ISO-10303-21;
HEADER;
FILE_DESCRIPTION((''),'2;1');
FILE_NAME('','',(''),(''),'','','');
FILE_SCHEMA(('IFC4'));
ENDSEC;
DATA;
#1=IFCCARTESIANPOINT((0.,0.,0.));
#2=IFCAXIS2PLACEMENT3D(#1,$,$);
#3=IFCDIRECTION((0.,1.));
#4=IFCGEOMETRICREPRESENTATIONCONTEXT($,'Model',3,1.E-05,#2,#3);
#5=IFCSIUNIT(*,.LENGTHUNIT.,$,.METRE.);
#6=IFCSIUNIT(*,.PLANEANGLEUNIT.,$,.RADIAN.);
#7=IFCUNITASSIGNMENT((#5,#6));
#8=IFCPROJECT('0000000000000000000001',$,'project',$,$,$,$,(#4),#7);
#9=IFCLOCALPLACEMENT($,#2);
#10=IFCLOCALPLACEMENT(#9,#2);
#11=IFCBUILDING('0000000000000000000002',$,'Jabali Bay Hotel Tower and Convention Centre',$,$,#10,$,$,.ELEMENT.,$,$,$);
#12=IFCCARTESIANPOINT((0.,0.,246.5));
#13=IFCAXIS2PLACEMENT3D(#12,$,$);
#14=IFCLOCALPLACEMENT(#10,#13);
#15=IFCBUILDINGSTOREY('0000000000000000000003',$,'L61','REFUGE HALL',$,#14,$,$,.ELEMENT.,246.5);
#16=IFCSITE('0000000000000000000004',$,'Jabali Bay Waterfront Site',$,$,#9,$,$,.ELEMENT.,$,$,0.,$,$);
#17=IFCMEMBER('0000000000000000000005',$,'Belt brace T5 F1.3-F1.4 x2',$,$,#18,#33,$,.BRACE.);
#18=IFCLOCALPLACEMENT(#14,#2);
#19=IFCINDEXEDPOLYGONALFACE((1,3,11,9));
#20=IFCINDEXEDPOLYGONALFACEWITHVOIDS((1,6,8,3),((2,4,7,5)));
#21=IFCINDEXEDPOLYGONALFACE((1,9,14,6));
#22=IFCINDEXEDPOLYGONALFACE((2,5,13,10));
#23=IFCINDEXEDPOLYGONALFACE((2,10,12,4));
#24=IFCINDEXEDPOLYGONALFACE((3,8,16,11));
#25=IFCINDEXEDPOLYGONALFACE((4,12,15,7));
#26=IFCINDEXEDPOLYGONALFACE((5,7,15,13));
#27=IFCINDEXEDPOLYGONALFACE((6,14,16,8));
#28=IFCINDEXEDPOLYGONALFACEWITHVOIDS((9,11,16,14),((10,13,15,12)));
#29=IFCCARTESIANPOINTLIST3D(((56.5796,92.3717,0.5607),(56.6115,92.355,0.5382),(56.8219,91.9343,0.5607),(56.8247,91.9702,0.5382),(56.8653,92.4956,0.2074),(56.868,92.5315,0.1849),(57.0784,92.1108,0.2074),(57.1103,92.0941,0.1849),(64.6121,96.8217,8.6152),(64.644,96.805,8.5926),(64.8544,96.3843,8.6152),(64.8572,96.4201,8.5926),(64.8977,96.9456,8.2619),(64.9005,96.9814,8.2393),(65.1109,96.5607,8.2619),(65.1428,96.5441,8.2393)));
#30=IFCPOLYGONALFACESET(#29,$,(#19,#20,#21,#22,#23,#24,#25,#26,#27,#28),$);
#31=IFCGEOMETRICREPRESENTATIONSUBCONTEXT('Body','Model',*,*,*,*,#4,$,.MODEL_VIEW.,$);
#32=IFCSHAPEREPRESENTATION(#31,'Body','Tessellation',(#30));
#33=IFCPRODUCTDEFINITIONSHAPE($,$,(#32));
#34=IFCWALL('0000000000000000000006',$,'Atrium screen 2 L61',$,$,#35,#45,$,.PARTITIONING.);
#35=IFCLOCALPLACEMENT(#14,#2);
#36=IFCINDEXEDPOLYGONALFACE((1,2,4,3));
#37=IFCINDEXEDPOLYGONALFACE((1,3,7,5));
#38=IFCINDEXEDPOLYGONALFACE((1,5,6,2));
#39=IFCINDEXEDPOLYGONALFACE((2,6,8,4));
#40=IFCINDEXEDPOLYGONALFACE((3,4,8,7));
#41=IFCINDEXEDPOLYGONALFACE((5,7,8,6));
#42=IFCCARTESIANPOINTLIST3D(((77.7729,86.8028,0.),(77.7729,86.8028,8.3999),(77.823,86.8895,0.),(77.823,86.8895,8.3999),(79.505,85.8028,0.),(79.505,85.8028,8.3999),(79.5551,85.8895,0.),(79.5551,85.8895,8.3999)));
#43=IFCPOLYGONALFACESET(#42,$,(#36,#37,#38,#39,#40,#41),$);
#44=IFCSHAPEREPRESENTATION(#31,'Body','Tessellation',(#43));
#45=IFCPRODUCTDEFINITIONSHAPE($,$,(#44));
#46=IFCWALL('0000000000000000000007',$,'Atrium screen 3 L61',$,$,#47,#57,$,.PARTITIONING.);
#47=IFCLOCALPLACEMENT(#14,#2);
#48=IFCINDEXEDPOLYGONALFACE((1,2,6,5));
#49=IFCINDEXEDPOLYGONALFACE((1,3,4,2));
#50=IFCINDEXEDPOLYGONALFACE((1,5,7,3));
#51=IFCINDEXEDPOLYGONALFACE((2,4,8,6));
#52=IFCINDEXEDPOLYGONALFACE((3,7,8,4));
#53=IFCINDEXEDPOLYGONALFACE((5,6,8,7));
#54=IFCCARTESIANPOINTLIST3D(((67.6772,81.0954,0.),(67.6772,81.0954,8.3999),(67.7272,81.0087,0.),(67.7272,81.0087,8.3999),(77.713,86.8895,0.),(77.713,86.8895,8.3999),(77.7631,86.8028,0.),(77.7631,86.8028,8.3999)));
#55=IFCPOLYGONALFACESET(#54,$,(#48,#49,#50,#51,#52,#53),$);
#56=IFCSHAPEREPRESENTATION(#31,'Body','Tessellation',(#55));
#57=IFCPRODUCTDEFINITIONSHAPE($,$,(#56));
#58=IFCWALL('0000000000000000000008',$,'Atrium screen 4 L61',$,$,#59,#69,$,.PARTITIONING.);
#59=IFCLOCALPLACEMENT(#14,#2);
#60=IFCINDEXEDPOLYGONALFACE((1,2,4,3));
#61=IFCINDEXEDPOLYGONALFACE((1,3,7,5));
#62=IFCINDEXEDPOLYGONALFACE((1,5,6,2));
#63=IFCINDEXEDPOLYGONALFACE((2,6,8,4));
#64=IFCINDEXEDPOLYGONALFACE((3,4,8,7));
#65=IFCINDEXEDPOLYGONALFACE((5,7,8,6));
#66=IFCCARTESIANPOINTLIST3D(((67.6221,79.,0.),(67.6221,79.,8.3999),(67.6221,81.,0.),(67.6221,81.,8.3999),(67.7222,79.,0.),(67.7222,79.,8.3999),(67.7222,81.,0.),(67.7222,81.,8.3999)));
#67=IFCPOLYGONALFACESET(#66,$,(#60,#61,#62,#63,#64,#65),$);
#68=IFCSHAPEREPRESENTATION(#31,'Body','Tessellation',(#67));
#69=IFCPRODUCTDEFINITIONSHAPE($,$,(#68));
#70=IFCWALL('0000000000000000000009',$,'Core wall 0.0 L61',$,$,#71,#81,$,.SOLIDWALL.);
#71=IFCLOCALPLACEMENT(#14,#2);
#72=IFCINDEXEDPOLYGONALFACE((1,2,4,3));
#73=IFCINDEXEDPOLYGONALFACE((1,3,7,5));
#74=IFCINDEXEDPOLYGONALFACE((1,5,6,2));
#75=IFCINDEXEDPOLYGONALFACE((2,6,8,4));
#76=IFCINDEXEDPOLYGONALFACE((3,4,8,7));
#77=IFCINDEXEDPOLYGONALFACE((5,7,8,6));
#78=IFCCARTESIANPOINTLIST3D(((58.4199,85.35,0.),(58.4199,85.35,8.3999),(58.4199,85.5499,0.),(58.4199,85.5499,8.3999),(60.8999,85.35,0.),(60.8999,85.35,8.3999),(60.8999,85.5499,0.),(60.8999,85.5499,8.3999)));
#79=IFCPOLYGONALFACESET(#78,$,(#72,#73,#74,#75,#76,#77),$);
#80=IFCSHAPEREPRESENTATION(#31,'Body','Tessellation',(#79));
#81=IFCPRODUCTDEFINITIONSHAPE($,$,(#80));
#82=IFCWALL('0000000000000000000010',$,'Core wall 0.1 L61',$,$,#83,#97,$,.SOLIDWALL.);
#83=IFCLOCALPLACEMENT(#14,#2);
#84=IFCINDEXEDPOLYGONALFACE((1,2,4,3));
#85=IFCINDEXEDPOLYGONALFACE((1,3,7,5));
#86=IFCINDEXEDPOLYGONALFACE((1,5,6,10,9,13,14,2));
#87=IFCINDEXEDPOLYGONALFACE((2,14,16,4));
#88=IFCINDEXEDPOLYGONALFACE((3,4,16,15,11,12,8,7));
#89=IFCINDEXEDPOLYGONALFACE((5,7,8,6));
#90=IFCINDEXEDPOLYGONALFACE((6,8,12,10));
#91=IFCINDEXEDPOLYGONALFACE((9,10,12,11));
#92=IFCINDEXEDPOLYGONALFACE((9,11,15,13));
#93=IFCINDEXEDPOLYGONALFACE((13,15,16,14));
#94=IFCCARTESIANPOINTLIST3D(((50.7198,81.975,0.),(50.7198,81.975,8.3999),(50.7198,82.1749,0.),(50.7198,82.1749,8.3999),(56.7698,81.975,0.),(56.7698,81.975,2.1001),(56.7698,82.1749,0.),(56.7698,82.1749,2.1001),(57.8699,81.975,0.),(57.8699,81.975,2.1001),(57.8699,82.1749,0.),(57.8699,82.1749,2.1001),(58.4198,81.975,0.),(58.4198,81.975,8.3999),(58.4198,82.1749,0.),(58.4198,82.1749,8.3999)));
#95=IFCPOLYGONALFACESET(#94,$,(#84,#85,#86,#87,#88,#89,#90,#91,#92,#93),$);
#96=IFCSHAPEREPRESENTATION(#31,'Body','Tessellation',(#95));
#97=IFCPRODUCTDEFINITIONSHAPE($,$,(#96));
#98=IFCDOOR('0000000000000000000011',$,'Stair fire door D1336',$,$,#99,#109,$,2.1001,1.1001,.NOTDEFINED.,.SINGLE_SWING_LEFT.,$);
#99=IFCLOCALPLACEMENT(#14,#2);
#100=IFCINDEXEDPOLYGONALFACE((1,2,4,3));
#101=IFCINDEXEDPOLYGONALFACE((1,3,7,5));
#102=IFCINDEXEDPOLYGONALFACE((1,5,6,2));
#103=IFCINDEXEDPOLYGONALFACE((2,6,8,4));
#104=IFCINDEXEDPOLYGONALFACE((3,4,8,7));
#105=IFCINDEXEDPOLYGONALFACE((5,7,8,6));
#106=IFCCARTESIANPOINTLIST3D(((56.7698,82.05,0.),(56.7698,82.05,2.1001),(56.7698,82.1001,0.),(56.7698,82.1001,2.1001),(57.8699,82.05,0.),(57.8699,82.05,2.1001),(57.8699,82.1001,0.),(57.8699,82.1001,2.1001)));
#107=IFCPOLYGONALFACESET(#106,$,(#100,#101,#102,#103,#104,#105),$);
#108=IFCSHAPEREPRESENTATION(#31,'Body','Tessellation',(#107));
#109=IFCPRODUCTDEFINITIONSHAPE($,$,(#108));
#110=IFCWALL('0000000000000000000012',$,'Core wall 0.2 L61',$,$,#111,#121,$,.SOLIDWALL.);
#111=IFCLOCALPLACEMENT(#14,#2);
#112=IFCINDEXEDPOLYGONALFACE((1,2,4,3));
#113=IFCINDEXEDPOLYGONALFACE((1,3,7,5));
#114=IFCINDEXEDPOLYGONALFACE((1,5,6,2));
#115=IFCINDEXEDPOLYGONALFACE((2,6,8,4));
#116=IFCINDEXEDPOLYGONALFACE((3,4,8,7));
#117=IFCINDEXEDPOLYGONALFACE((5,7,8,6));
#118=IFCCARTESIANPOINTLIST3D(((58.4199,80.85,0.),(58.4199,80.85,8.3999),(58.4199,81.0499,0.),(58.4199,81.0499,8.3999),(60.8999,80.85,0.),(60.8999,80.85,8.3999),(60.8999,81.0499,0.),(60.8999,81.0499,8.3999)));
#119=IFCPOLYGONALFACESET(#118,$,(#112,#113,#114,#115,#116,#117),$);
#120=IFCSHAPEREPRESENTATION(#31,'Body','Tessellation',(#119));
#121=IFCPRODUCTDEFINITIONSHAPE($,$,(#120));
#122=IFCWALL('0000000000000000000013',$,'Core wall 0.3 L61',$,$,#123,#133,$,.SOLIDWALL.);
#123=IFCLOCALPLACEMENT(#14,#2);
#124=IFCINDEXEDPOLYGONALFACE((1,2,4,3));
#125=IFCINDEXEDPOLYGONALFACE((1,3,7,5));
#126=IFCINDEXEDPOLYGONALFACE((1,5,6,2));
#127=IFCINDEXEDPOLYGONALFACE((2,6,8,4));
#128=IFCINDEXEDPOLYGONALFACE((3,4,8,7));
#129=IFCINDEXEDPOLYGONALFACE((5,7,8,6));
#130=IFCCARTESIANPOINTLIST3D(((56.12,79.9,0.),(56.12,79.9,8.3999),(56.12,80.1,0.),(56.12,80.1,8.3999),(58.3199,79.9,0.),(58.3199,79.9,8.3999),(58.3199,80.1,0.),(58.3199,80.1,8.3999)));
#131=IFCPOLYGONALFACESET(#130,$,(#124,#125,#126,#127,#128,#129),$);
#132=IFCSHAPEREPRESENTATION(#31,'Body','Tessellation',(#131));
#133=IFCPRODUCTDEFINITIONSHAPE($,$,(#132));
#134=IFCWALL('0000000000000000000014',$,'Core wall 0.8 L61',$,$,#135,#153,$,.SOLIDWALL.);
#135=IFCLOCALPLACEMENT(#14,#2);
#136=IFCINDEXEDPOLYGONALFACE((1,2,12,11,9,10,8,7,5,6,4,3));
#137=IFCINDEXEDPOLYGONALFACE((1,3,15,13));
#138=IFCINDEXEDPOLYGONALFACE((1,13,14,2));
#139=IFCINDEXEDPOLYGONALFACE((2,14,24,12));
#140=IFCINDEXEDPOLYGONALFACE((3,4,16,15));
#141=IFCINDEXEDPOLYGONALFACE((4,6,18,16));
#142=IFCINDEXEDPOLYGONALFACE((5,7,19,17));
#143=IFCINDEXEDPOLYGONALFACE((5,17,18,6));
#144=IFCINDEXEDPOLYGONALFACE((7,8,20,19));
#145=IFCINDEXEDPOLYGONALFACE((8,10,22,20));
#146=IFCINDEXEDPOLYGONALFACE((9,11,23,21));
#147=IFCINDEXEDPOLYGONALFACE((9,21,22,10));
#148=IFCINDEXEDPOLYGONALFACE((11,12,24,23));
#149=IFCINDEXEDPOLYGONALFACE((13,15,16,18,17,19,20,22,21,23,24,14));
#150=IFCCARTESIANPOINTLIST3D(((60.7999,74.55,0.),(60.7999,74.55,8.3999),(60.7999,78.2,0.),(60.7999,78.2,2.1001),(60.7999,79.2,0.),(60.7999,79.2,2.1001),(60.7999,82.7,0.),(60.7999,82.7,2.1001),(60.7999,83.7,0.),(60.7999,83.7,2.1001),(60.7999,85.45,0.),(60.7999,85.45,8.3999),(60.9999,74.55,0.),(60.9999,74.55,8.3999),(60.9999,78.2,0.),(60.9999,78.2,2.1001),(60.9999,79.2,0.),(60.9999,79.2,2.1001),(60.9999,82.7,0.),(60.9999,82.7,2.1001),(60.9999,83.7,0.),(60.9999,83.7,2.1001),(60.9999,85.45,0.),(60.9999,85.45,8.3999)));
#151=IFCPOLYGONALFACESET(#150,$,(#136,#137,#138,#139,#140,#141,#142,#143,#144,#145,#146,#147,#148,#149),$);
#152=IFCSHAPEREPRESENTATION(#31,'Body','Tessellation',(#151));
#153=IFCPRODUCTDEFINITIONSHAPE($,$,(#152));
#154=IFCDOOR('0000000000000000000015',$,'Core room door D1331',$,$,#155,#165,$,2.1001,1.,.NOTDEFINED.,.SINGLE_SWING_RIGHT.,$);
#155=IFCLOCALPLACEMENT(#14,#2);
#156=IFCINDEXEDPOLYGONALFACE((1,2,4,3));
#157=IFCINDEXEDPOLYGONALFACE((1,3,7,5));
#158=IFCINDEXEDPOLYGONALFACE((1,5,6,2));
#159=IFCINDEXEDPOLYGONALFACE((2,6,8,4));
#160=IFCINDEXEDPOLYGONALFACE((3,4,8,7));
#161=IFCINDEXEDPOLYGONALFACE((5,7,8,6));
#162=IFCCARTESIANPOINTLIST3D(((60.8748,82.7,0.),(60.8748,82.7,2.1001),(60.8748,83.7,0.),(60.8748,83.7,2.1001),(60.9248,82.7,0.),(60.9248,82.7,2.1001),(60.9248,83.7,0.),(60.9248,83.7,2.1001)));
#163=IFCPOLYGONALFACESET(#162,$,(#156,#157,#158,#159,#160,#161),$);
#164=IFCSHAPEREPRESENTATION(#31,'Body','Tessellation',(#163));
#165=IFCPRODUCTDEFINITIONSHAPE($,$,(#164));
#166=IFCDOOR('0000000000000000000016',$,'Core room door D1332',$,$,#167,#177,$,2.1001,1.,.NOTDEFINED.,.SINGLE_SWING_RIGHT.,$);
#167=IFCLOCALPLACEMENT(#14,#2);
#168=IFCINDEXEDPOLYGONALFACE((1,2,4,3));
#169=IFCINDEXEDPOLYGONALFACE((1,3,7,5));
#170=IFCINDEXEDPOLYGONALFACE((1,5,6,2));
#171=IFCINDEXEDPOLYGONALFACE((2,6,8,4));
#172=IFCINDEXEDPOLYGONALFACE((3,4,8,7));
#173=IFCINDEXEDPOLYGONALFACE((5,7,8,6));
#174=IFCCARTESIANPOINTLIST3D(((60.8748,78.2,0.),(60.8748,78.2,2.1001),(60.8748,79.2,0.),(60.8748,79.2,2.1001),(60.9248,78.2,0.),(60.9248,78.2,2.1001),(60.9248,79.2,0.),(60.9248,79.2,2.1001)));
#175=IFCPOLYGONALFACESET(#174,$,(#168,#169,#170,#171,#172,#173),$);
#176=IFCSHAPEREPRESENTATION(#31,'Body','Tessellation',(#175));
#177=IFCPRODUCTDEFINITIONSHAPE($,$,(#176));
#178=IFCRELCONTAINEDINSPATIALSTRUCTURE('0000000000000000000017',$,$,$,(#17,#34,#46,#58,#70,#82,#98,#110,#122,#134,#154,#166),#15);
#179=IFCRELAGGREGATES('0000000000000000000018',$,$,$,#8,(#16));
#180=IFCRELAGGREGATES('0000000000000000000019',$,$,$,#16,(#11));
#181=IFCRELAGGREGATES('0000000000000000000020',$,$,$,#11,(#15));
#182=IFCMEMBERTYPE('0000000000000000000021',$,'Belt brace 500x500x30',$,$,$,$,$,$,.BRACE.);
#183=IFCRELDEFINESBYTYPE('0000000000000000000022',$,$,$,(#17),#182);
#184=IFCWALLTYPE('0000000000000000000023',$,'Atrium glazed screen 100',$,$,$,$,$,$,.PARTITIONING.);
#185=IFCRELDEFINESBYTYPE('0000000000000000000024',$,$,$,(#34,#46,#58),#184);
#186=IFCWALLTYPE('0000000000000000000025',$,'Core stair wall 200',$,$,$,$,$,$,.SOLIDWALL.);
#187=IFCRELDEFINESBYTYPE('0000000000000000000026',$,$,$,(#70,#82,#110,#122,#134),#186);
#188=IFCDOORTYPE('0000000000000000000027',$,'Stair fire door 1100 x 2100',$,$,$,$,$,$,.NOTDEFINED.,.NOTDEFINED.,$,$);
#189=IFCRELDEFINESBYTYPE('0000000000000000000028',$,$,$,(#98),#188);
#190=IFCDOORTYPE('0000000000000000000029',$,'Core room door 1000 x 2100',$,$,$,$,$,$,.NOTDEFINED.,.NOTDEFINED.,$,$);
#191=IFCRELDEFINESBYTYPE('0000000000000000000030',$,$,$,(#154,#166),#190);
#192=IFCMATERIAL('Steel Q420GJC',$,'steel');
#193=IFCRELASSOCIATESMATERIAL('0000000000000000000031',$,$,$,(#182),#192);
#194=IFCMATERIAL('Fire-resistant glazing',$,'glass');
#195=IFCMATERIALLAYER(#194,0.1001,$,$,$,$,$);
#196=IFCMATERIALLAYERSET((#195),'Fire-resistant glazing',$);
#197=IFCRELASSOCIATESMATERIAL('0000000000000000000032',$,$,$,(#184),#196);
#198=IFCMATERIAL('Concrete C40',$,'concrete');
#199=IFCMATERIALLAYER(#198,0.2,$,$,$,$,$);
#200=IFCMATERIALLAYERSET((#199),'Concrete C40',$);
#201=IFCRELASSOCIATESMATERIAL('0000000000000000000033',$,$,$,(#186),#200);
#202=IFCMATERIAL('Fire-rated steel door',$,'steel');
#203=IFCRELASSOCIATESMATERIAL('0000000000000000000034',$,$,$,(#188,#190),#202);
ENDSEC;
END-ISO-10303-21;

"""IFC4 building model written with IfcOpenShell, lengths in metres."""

from ifc_helpers import new_model, si_unit, direction, frame, frame_2d, origin, origin_2d, place, context, subcontext, project, spatial, rectangle, hollow_rectangle, extrude, material, layer, layer_set, material_profile, profile_set, type_object, element, fill, save


model = new_model("IFC4")

# Units and contexts
model_context = context("Model", 3, precision=1e-05, world=origin(), true_north=direction((0.0, 1.0)))
body_context = subcontext(model_context, "Body", "Model", "MODEL_VIEW")
ifc_project = project(units=[si_unit("LENGTHUNIT", "METRE"), si_unit("PLANEANGLEUNIT", "RADIAN")], contexts=[model_context])

# Site, building, storey
site_placement = place(None, origin())
site = spatial("IfcSite", under=ifc_project, at=site_placement, Name="Jabali Bay Waterfront Site", CompositionType="ELEMENT", RefElevation=0.0)
building_placement = place(site_placement, origin())
building = spatial("IfcBuilding", under=site, at=building_placement, Name="Jabali Bay Hotel Tower and Convention Centre", CompositionType="ELEMENT")
storey_placement = place(building_placement, frame((0.0, 0.0, 246.5)))
storey = spatial("IfcBuildingStorey", under=building, at=storey_placement, Name="L61", Description="REFUGE HALL", CompositionType="ELEMENT", Elevation=246.5)

# Member
ifc_material_1 = material(Name="Steel Q420GJC", Category="steel")
ifc_material_profile = material_profile(ifc_material_1, hollow_rectangle(XDim=0.5, YDim=0.5, WallThickness=0.03, at=origin_2d()), Name="Belt brace 500x500x30")
ifc_profile_set = profile_set([ifc_material_profile], Name="Steel Q420GJC")
member_type = type_object("IfcMemberType", Name="Belt brace 500x500x30", PredefinedType="BRACE", material=ifc_profile_set)
member_placement = place(storey_placement, frame((56.845, 92.2329, 0.3728), z_axis=(0.657612, 0.364314, 0.659411), x_axis=(-0.4846, 0.874736, 0.0)))
element("IfcMember", 1, at=member_placement, inside=storey, type_object=member_type, Name="Belt brace T5 F1.3-F1.4 x2", PredefinedType="BRACE", context=body_context, shape_type="SweptSolid", body=[
    extrude(hollow_rectangle(XDim=0.5, YDim=0.5, WallThickness=0.03, at=origin_2d()), origin(), (0.0, 0.0, 1.0), 12.2146),
])

# Walls
ifc_material_2 = material(Name="Fire-resistant glazing", Category="glass")
ifc_layer_1 = layer(ifc_material_2, 0.1001)
ifc_layer_set_1 = layer_set([ifc_layer_1], Name="Fire-resistant glazing")
wall_type_1 = type_object("IfcWallType", Name="Atrium glazed screen 100", PredefinedType="PARTITIONING", material=ifc_layer_set_1)
wall_1_placement = place(storey_placement, frame((79.53, 85.8462, 0.0), z_axis=(0.0, 0.0, 1.0), x_axis=(-0.866041, 0.499973, 0.0)))
element("IfcWall", 2, at=wall_1_placement, inside=storey, type_object=wall_type_1, Name="Atrium screen 2 L61", PredefinedType="PARTITIONING", context=body_context, shape_type="SweptSolid", body=[
    extrude(rectangle(XDim=2.0, YDim=0.1001, at=frame_2d((1.0, 0.0))), origin(), (0.0, 0.0, 1.0), 8.3999),
])
wall_2_placement = place(storey_placement, frame((77.738, 86.8462, 0.0), z_axis=(0.0, 0.0, 1.0), x_axis=(-0.866027, -0.499998, 0.0)))
element("IfcWall", 3, at=wall_2_placement, inside=storey, type_object=wall_type_1, Name="Atrium screen 3 L61", PredefinedType="PARTITIONING", context=body_context, shape_type="SweptSolid", body=[
    extrude(rectangle(XDim=11.5884, YDim=0.1001, at=frame_2d((5.7942, 0.0))), origin(), (0.0, 0.0, 1.0), 8.3999),
])
wall_3_placement = place(storey_placement, frame((67.6721, 81.0, 0.0), z_axis=(0.0, 0.0, 1.0), x_axis=(0.0, -1.0, 0.0)))
element("IfcWall", 4, at=wall_3_placement, inside=storey, type_object=wall_type_1, Name="Atrium screen 4 L61", PredefinedType="PARTITIONING", context=body_context, shape_type="SweptSolid", body=[
    extrude(rectangle(XDim=2.0, YDim=0.1001, at=frame_2d((1.0, 0.0))), origin(), (0.0, 0.0, 1.0), 8.3999),
])
ifc_material_3 = material(Name="Concrete C40", Category="concrete")
ifc_layer_2 = layer(ifc_material_3, 0.2)
ifc_layer_set_2 = layer_set([ifc_layer_2], Name="Concrete C40")
wall_type_2 = type_object("IfcWallType", Name="Core stair wall 200", PredefinedType="SOLIDWALL", material=ifc_layer_set_2)
wall_4_placement = place(storey_placement, frame((60.8999, 85.45, 0.0), z_axis=(0.0, 0.0, 1.0), x_axis=(-1.0, 0.0, 0.0)))
element("IfcWall", 5, at=wall_4_placement, inside=storey, type_object=wall_type_2, Name="Core wall 0.0 L61", PredefinedType="SOLIDWALL", context=body_context, shape_type="SweptSolid", body=[
    extrude(rectangle(XDim=2.48, YDim=0.2, at=frame_2d((1.24, 0.0))), origin(), (0.0, 0.0, 1.0), 8.3999),
])

# Wall, opening, door
wall_5_placement = place(storey_placement, frame((58.4199, 82.075, 0.0), z_axis=(0.0, 0.0, 1.0), x_axis=(-1.0, 0.0, 0.0)))
wall_5 = element("IfcWall", 6, at=wall_5_placement, inside=storey, type_object=wall_type_2, Name="Core wall 0.1 L61", PredefinedType="SOLIDWALL", context=body_context, shape_type="SweptSolid", body=[
    extrude(rectangle(XDim=7.7, YDim=0.2, at=frame_2d((3.8501, 0.0))), origin(), (0.0, 0.0, 1.0), 8.3999),
])
opening_1_placement = place(wall_5_placement, frame((0.55, 0.0, 0.0)))
opening_1 = element("IfcOpeningElement", 7, at=opening_1_placement, cuts=wall_5, PredefinedType="OPENING", context=body_context, shape_type="SweptSolid", body=[
    extrude(rectangle(XDim=1.1001, YDim=2.1001, at=frame_2d((0.55, 1.05))), frame((0.0, 0.1104, 0.0), z_axis=(0.0, -1.0, 0.0), x_axis=(1.0, 0.0, 0.0)), (0.0, 0.0, 1.0), 0.2209),
])
ifc_material_4 = material(Name="Fire-rated steel door", Category="steel")
door_type_1 = type_object("IfcDoorType", Name="Stair fire door 1100 x 2100", OperationType="NOTDEFINED", PredefinedType="NOTDEFINED", material=ifc_material_4)
door_1_placement = place(opening_1_placement, origin())
door_1 = element("IfcDoor", 8, at=door_1_placement, inside=storey, type_object=door_type_1, Name="Stair fire door D1336", OperationType="SINGLE_SWING_LEFT", OverallHeight=2.1001, OverallWidth=1.1001, PredefinedType="NOTDEFINED", context=body_context, shape_type="SweptSolid", body=[
    extrude(rectangle(XDim=1.1001, YDim=2.1001, at=frame_2d((0.55, 1.05))), frame((0.0, 0.0249, 0.0), z_axis=(0.0, -1.0, 0.0), x_axis=(1.0, 0.0, 0.0)), (0.0, 0.0, 1.0), 0.05),
])
fill(opening_1, door_1)

# Walls
wall_6_placement = place(storey_placement, frame((60.8999, 80.95, 0.0), z_axis=(0.0, 0.0, 1.0), x_axis=(-1.0, 0.0, 0.0)))
element("IfcWall", 9, at=wall_6_placement, inside=storey, type_object=wall_type_2, Name="Core wall 0.2 L61", PredefinedType="SOLIDWALL", context=body_context, shape_type="SweptSolid", body=[
    extrude(rectangle(XDim=2.48, YDim=0.2, at=frame_2d((1.24, 0.0))), origin(), (0.0, 0.0, 1.0), 8.3999),
])
wall_7_placement = place(storey_placement, frame((58.3201, 80.0, 0.0), z_axis=(0.0, 0.0, 1.0), x_axis=(-1.0, 0.0, 0.0)))
element("IfcWall", 10, at=wall_7_placement, inside=storey, type_object=wall_type_2, Name="Core wall 0.3 L61", PredefinedType="SOLIDWALL", context=body_context, shape_type="SweptSolid", body=[
    extrude(rectangle(XDim=2.2, YDim=0.2, at=frame_2d((1.1001, 0.0))), origin(), (0.0, 0.0, 1.0), 8.3999),
])

# Wall, openings, doors
wall_8_placement = place(storey_placement, frame((60.8999, 85.45, 0.0), z_axis=(0.0, 0.0, 1.0), x_axis=(0.0, -1.0, 0.0)))
wall_8 = element("IfcWall", 11, at=wall_8_placement, inside=storey, type_object=wall_type_2, Name="Core wall 0.8 L61", PredefinedType="SOLIDWALL", context=body_context, shape_type="SweptSolid", body=[
    extrude(rectangle(XDim=10.8999, YDim=0.2, at=frame_2d((5.45, 0.0))), origin(), (0.0, 0.0, 1.0), 8.3999),
])
opening_2_placement = place(wall_8_placement, frame((1.75, 0.0, 0.0)))
opening_2 = element("IfcOpeningElement", 12, at=opening_2_placement, cuts=wall_8, PredefinedType="OPENING", context=body_context, shape_type="SweptSolid", body=[
    extrude(rectangle(XDim=1.0, YDim=2.1001, at=frame_2d((0.5, 1.05))), frame((0.0, 0.1104, 0.0), z_axis=(0.0, -1.0, 0.0), x_axis=(1.0, 0.0, 0.0)), (0.0, 0.0, 1.0), 0.2209),
])
opening_3_placement = place(wall_8_placement, frame((6.25, 0.0, 0.0)))
opening_3 = element("IfcOpeningElement", 13, at=opening_3_placement, cuts=wall_8, PredefinedType="OPENING", context=body_context, shape_type="SweptSolid", body=[
    extrude(rectangle(XDim=1.0, YDim=2.1001, at=frame_2d((0.5, 1.05))), frame((0.0, 0.1104, 0.0), z_axis=(0.0, -1.0, 0.0), x_axis=(1.0, 0.0, 0.0)), (0.0, 0.0, 1.0), 0.2209),
])
door_type_2 = type_object("IfcDoorType", Name="Core room door 1000 x 2100", OperationType="NOTDEFINED", PredefinedType="NOTDEFINED", material=ifc_material_4)
door_2_placement = place(opening_2_placement, origin())
door_2 = element("IfcDoor", 14, at=door_2_placement, inside=storey, type_object=door_type_2, Name="Core room door D1331", OperationType="SINGLE_SWING_RIGHT", OverallHeight=2.1001, OverallWidth=1.0, PredefinedType="NOTDEFINED", context=body_context, shape_type="SweptSolid", body=[
    extrude(rectangle(XDim=1.0, YDim=2.1001, at=frame_2d((0.5, 1.05))), frame((0.0, 0.0249, 0.0), z_axis=(0.0, -1.0, 0.0), x_axis=(1.0, 0.0, 0.0)), (0.0, 0.0, 1.0), 0.05),
])
fill(opening_2, door_2)
door_3_placement = place(opening_3_placement, origin())
door_3 = element("IfcDoor", 15, at=door_3_placement, inside=storey, type_object=door_type_2, Name="Core room door D1332", OperationType="SINGLE_SWING_RIGHT", OverallHeight=2.1001, OverallWidth=1.0, PredefinedType="NOTDEFINED", context=body_context, shape_type="SweptSolid", body=[
    extrude(rectangle(XDim=1.0, YDim=2.1001, at=frame_2d((0.5, 1.05))), frame((0.0, 0.0249, 0.0), z_axis=(0.0, -1.0, 0.0), x_axis=(1.0, 0.0, 0.0)), (0.0, 0.0, 1.0), 0.05),
])
fill(opening_3, door_3)

save(model, "model.ifc")
